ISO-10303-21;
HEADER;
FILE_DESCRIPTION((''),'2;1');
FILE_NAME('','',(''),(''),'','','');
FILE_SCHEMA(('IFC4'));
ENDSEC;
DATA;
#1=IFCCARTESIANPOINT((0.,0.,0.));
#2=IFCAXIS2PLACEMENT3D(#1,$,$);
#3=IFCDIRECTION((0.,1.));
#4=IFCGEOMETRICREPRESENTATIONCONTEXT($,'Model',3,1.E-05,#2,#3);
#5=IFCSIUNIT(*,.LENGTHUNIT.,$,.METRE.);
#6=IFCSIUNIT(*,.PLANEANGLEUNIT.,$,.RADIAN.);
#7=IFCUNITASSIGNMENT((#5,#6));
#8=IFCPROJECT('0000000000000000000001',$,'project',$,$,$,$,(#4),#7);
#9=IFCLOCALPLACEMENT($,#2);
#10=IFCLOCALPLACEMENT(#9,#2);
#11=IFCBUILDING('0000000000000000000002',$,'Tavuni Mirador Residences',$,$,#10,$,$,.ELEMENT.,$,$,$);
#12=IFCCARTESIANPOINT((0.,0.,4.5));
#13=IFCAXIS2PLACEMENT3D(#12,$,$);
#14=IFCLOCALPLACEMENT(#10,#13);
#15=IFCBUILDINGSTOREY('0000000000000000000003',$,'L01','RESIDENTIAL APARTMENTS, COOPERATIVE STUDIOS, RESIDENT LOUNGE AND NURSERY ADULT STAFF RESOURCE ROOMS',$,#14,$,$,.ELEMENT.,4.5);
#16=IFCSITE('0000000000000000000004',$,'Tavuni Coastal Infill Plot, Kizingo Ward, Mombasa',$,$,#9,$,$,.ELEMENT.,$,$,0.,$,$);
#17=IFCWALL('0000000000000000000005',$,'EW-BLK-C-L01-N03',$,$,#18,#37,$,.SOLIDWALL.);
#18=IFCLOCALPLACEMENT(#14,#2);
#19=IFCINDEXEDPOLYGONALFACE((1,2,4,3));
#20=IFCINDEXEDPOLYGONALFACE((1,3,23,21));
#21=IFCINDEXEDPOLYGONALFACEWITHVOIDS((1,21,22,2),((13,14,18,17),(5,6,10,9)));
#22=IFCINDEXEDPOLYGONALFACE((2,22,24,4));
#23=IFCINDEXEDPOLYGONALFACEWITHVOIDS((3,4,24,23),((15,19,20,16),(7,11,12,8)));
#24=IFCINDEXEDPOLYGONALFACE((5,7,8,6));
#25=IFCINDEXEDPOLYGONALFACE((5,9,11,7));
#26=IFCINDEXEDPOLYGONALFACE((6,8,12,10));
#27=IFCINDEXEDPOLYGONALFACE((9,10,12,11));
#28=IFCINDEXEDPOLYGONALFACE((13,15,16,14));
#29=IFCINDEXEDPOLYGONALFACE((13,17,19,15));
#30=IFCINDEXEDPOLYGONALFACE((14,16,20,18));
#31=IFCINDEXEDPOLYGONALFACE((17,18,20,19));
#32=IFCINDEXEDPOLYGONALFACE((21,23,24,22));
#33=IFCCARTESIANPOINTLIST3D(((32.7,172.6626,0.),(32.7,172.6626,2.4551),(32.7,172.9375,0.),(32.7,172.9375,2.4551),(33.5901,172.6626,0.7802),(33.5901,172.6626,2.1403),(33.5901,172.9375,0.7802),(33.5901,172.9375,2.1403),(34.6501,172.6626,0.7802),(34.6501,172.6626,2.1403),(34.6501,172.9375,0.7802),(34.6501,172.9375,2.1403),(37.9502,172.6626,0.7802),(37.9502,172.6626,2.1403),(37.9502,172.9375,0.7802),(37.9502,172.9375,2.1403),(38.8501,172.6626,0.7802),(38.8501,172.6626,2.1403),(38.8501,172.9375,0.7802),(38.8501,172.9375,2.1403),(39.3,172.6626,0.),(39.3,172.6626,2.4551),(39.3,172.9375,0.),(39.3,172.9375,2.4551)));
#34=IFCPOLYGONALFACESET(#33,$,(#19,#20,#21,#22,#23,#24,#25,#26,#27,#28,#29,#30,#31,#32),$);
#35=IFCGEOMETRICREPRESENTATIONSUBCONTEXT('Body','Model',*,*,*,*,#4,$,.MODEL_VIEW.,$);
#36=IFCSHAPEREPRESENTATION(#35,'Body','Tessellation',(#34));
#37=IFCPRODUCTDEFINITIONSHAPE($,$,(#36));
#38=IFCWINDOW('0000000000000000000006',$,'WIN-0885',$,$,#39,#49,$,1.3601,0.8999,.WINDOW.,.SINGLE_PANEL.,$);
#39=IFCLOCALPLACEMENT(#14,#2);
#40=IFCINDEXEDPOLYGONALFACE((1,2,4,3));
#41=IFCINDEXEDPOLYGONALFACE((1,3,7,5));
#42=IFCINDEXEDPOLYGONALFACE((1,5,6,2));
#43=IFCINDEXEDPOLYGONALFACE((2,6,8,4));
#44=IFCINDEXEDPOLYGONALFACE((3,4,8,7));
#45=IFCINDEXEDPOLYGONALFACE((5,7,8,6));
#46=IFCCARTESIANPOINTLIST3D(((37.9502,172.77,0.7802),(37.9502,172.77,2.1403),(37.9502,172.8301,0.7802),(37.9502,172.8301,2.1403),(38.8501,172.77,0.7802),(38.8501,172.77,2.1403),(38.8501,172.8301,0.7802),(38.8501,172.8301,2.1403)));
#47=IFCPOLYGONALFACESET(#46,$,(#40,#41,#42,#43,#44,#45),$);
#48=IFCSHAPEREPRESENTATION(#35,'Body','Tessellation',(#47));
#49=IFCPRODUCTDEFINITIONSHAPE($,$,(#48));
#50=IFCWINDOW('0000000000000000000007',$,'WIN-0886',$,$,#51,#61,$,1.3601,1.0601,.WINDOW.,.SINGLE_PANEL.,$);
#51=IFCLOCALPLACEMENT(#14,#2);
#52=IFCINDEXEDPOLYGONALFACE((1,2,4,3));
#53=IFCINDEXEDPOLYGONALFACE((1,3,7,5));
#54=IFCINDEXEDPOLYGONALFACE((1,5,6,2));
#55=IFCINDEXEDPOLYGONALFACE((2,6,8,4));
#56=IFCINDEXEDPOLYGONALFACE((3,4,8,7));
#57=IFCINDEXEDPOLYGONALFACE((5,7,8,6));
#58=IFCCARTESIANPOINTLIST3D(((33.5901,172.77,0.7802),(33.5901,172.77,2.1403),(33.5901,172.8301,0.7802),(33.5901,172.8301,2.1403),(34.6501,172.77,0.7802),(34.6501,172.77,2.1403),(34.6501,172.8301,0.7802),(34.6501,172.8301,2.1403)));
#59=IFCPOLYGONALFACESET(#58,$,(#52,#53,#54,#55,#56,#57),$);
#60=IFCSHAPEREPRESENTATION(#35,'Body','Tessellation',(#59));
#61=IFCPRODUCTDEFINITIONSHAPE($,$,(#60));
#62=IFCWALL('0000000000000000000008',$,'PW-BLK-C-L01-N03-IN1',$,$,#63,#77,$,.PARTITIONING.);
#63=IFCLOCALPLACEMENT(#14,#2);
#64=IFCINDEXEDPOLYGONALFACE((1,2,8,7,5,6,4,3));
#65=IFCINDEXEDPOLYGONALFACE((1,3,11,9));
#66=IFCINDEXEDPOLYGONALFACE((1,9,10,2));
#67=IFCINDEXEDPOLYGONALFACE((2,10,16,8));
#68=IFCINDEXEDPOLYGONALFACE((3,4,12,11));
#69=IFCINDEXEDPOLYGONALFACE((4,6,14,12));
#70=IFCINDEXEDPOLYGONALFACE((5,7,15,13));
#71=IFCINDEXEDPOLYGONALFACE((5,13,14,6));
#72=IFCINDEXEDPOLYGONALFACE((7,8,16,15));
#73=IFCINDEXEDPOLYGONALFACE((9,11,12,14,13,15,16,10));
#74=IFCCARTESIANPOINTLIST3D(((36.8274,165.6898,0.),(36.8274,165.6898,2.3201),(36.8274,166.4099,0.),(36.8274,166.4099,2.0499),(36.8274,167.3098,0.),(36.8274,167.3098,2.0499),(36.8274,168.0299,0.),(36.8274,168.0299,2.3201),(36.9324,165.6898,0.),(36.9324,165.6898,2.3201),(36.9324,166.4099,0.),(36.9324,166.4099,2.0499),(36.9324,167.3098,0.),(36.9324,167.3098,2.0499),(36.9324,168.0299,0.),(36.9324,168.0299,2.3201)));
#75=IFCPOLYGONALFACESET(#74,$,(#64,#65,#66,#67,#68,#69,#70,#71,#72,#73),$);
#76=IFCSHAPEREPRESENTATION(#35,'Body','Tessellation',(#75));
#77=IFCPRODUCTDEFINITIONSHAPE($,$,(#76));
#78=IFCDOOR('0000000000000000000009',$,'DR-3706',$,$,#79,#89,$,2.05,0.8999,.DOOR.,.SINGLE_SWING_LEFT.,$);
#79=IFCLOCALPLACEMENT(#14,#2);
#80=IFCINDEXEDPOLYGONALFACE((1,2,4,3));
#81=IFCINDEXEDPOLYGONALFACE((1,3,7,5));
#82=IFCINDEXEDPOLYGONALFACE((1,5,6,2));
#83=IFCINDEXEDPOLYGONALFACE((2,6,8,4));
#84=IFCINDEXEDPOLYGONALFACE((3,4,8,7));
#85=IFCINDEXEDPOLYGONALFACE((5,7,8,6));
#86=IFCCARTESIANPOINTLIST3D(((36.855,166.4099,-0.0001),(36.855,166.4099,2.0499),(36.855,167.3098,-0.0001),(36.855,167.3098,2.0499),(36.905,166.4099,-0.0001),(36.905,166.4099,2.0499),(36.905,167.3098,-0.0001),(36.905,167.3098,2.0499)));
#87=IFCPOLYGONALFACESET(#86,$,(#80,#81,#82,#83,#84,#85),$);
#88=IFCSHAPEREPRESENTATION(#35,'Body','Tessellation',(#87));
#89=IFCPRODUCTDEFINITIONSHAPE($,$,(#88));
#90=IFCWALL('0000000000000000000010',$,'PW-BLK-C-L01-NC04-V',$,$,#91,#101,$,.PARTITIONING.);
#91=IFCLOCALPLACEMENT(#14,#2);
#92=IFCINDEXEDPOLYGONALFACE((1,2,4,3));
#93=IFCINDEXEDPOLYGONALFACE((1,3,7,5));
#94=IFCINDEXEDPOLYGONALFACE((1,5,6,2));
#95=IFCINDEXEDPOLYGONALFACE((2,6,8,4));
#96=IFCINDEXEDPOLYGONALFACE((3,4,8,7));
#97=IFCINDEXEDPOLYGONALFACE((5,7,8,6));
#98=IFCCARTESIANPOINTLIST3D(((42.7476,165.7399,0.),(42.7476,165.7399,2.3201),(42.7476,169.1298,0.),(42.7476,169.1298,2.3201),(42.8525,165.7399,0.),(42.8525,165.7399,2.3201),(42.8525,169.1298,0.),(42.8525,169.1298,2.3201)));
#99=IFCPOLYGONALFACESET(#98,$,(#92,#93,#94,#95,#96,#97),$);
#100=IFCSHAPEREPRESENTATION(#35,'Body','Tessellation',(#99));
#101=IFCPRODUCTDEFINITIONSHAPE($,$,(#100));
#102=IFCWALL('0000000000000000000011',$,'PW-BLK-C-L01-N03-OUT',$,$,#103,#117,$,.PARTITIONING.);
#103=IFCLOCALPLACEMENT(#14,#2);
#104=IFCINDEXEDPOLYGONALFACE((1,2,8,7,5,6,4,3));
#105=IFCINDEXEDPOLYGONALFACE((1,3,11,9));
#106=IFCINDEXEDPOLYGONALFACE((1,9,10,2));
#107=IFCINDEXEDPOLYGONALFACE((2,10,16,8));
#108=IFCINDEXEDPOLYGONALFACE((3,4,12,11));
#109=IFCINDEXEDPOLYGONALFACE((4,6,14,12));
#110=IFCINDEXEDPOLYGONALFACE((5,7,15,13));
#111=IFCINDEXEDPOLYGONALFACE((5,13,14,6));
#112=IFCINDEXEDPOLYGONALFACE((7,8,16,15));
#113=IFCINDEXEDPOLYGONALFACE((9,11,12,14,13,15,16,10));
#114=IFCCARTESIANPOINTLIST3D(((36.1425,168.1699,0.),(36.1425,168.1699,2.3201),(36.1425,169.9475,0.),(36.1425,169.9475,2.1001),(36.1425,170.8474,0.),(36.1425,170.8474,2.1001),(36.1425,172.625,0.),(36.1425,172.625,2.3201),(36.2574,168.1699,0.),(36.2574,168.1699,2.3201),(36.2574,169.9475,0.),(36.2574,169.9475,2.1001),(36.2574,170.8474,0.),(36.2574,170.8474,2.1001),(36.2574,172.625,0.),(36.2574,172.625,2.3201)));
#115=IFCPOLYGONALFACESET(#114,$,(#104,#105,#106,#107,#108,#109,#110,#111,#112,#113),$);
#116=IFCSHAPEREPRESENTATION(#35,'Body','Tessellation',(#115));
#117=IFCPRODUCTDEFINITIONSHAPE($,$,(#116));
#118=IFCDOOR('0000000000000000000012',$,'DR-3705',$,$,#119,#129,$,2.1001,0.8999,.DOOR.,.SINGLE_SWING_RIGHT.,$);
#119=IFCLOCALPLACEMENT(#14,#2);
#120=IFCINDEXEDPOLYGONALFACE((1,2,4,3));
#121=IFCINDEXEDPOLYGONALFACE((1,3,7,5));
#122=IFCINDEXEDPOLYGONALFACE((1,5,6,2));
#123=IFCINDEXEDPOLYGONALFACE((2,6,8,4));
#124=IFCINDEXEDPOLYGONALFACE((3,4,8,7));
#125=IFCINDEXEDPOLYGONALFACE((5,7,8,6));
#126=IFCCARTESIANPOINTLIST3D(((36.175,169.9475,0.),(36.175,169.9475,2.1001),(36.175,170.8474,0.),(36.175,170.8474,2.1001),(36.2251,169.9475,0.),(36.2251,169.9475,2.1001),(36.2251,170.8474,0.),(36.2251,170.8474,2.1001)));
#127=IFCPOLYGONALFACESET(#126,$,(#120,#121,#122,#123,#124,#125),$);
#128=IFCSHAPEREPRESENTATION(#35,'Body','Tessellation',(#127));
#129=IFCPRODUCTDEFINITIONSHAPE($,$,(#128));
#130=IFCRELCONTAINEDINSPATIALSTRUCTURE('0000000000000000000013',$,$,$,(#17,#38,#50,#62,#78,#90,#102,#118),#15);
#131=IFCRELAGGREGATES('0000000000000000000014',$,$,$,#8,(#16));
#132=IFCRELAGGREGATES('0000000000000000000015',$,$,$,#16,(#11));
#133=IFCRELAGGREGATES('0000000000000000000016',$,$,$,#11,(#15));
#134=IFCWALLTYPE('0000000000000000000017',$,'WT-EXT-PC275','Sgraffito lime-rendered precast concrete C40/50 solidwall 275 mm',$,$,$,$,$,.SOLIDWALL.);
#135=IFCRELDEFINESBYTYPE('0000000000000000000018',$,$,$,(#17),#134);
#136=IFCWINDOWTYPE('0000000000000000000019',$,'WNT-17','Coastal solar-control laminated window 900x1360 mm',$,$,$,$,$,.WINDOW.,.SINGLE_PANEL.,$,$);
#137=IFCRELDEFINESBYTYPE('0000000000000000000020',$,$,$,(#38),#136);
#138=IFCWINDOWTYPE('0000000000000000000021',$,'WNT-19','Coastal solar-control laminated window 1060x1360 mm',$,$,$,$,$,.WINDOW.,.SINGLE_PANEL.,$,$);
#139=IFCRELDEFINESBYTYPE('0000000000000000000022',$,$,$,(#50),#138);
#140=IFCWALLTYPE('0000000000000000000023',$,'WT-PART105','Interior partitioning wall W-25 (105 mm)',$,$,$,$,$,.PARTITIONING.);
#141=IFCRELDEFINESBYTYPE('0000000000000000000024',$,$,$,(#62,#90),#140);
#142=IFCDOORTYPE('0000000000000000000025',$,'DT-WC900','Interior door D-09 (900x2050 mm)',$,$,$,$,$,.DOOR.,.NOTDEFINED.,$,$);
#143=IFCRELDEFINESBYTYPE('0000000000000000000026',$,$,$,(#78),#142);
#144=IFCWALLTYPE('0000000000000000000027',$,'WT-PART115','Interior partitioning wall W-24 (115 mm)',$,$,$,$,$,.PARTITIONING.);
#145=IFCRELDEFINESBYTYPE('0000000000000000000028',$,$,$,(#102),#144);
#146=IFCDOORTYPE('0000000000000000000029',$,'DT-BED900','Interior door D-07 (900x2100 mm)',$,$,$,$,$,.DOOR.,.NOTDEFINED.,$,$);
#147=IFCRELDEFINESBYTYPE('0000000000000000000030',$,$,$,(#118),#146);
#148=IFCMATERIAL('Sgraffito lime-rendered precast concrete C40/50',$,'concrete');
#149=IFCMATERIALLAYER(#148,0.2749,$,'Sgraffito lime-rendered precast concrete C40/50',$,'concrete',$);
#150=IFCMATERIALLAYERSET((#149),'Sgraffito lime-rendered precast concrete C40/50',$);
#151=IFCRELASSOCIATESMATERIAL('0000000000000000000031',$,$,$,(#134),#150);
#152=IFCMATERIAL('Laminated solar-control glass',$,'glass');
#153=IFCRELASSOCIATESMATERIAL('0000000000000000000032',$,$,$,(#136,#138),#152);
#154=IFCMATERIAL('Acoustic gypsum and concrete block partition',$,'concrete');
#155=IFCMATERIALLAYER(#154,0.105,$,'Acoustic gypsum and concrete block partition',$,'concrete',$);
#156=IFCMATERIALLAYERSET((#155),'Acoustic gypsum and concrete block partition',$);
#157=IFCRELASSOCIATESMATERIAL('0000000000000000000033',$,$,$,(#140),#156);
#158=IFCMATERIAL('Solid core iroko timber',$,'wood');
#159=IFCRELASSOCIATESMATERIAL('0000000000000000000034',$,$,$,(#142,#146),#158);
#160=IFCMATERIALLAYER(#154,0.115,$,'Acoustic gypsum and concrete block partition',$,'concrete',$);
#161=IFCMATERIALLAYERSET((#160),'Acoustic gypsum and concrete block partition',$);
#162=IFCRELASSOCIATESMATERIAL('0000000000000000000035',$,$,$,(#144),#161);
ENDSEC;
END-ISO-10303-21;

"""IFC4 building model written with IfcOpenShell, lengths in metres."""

from ifc_helpers import new_model, si_unit, direction, frame, frame_2d, origin, place, context, subcontext, project, spatial, rectangle, extrude, material, layer, layer_set, type_object, element, fill, save


model = new_model("IFC4")

# Units and contexts
model_context = context("Model", 3, precision=1e-05, world=origin(), true_north=direction((0.0, 1.0)))
body_context = subcontext(model_context, "Body", "Model", "MODEL_VIEW")
ifc_project = project(units=[si_unit("LENGTHUNIT", "METRE"), si_unit("PLANEANGLEUNIT", "RADIAN")], contexts=[model_context])

# Site, building, storey
site_placement = place(None, origin())
site = spatial("IfcSite", under=ifc_project, at=site_placement, Name="Tavuni Coastal Infill Plot, Kizingo Ward, Mombasa", CompositionType="ELEMENT", RefElevation=0.0)
building_placement = place(site_placement, origin())
building = spatial("IfcBuilding", under=site, at=building_placement, Name="Tavuni Mirador Residences", CompositionType="ELEMENT")
storey_placement = place(building_placement, frame((0.0, 0.0, 4.5)))
storey = spatial("IfcBuildingStorey", under=building, at=storey_placement, Name="L01", Description="RESIDENTIAL APARTMENTS, COOPERATIVE STUDIOS, RESIDENT LOUNGE AND NURSERY ADULT STAFF RESOURCE ROOMS", CompositionType="ELEMENT", Elevation=4.5)

# Shared definitions
ifc_material_1 = material(Name="Solid core iroko timber", Category="wood")

# Wall, openings, windows
ifc_material_2 = material(Name="Sgraffito lime-rendered precast concrete C40/50", Category="concrete")
ifc_layer_1 = layer(ifc_material_2, 0.2749, Name="Sgraffito lime-rendered precast concrete C40/50", Category="concrete")
ifc_layer_set_1 = layer_set([ifc_layer_1], Name="Sgraffito lime-rendered precast concrete C40/50")
wall_type_1 = type_object("IfcWallType", Name="WT-EXT-PC275", Description="Sgraffito lime-rendered precast concrete C40/50 solidwall 275 mm", PredefinedType="SOLIDWALL", material=ifc_layer_set_1)
wall_1_placement = place(storey_placement, frame((39.3, 172.8, 0.0), z_axis=(0.0, 0.0, 1.0), x_axis=(-1.0, 0.0, 0.0)))
wall_1 = element("IfcWall", 1, at=wall_1_placement, inside=storey, type_object=wall_type_1, Name="EW-BLK-C-L01-N03", PredefinedType="SOLIDWALL", context=body_context, shape_type="SweptSolid", body=[
    extrude(rectangle(XDim=6.6001, YDim=0.2749, at=frame_2d((3.3, 0.0))), origin(), (0.0, 0.0, 1.0), 2.4551),
])
opening_1_placement = place(wall_1_placement, frame((0.45, 0.0, 0.78)))
opening_1 = element("IfcOpeningElement", 2, at=opening_1_placement, cuts=wall_1, PredefinedType="OPENING", context=body_context, shape_type="SweptSolid", body=[
    extrude(rectangle(XDim=0.8999, YDim=1.3601, at=frame_2d((0.45, 0.6802))), frame((0.0, 0.1475, 0.0), z_axis=(0.0, -1.0, 0.0), x_axis=(1.0, 0.0, 0.0)), (0.0, 0.0, 1.0), 0.2949),
])
opening_2_placement = place(wall_1_placement, frame((4.6499, 0.0, 0.78)))
opening_2 = element("IfcOpeningElement", 3, at=opening_2_placement, cuts=wall_1, PredefinedType="OPENING", context=body_context, shape_type="SweptSolid", body=[
    extrude(rectangle(XDim=1.0601, YDim=1.3601, at=frame_2d((0.53, 0.6802))), frame((0.0, 0.1475, 0.0), z_axis=(0.0, -1.0, 0.0), x_axis=(1.0, 0.0, 0.0)), (0.0, 0.0, 1.0), 0.2949),
])
ifc_material_3 = material(Name="Laminated solar-control glass", Category="glass")
window_type_1 = type_object("IfcWindowType", Name="WNT-17", Description="Coastal solar-control laminated window 900x1360 mm", PartitioningType="SINGLE_PANEL", PredefinedType="WINDOW", material=ifc_material_3)
window_1_placement = place(opening_1_placement, origin())
window_1 = element("IfcWindow", 4, at=window_1_placement, inside=storey, type_object=window_type_1, Name="WIN-0885", OverallHeight=1.3601, OverallWidth=0.8999, PartitioningType="SINGLE_PANEL", PredefinedType="WINDOW", context=body_context, shape_type="SweptSolid", body=[
    extrude(rectangle(XDim=0.8999, YDim=1.3601, at=frame_2d((0.45, 0.6802))), frame((0.0, 0.03, 0.0), z_axis=(0.0, -1.0, 0.0), x_axis=(1.0, 0.0, 0.0)), (0.0, 0.0, 1.0), 0.0601),
])
fill(opening_1, window_1)
window_type_2 = type_object("IfcWindowType", Name="WNT-19", Description="Coastal solar-control laminated window 1060x1360 mm", PartitioningType="SINGLE_PANEL", PredefinedType="WINDOW", material=ifc_material_3)
window_2_placement = place(opening_2_placement, origin())
window_2 = element("IfcWindow", 5, at=window_2_placement, inside=storey, type_object=window_type_2, Name="WIN-0886", OverallHeight=1.3601, OverallWidth=1.0601, PartitioningType="SINGLE_PANEL", PredefinedType="WINDOW", context=body_context, shape_type="SweptSolid", body=[
    extrude(rectangle(XDim=1.0601, YDim=1.3601, at=frame_2d((0.53, 0.6802))), frame((0.0, 0.03, 0.0), z_axis=(0.0, -1.0, 0.0), x_axis=(1.0, 0.0, 0.0)), (0.0, 0.0, 1.0), 0.0601),
])
fill(opening_2, window_2)

# Wall, opening, door
ifc_material_4 = material(Name="Acoustic gypsum and concrete block partition", Category="concrete")
ifc_layer_2 = layer(ifc_material_4, 0.105, Name="Acoustic gypsum and concrete block partition", Category="concrete")
ifc_layer_set_2 = layer_set([ifc_layer_2], Name="Acoustic gypsum and concrete block partition")
wall_type_2 = type_object("IfcWallType", Name="WT-PART105", Description="Interior partitioning wall W-25 (105 mm)", PredefinedType="PARTITIONING", material=ifc_layer_set_2)
wall_2_placement = place(storey_placement, frame((36.8799, 165.6899, 0.0), z_axis=(0.0, 0.0, 1.0), x_axis=(0.0, 1.0, 0.0)))
wall_2 = element("IfcWall", 6, at=wall_2_placement, inside=storey, type_object=wall_type_2, Name="PW-BLK-C-L01-N03-IN1", PredefinedType="PARTITIONING", context=body_context, shape_type="SweptSolid", body=[
    extrude(rectangle(XDim=2.3401, YDim=0.105, at=frame_2d((1.1699, 0.0))), origin(), (0.0, 0.0, 1.0), 2.3201),
])
opening_3_placement = place(wall_2_placement, frame((0.72, 0.0, 0.0)))
opening_3 = element("IfcOpeningElement", 7, at=opening_3_placement, cuts=wall_2, PredefinedType="OPENING", context=body_context, shape_type="SweptSolid", body=[
    extrude(rectangle(XDim=0.8999, YDim=2.05, at=frame_2d((0.45, 1.0249))), frame((0.0, 0.0625, 0.0), z_axis=(0.0, -1.0, 0.0), x_axis=(1.0, 0.0, 0.0)), (0.0, 0.0, 1.0), 0.125),
])
door_type_1 = type_object("IfcDoorType", Name="DT-WC900", Description="Interior door D-09 (900x2050 mm)", OperationType="NOTDEFINED", PredefinedType="DOOR", material=ifc_material_1)
door_1_placement = place(opening_3_placement, origin())
door_1 = element("IfcDoor", 8, at=door_1_placement, inside=storey, type_object=door_type_1, Name="DR-3706", OperationType="SINGLE_SWING_LEFT", OverallHeight=2.05, OverallWidth=0.8999, PredefinedType="DOOR", context=body_context, shape_type="SweptSolid", body=[
    extrude(rectangle(XDim=0.8999, YDim=2.05, at=frame_2d((0.45, 1.0249))), frame((0.0, 0.0249, 0.0), z_axis=(0.0, -1.0, 0.0), x_axis=(1.0, 0.0, 0.0)), (0.0, 0.0, 1.0), 0.05),
])
fill(opening_3, door_1)

# Wall
wall_3_placement = place(storey_placement, frame((42.8, 165.74, 0.0), z_axis=(0.0, 0.0, 1.0), x_axis=(0.0, 1.0, 0.0)))
element("IfcWall", 9, at=wall_3_placement, inside=storey, type_object=wall_type_2, Name="PW-BLK-C-L01-NC04-V", PredefinedType="PARTITIONING", context=body_context, shape_type="SweptSolid", body=[
    extrude(rectangle(XDim=3.3899, YDim=0.105, at=frame_2d((1.6948, 0.0))), origin(), (0.0, 0.0, 1.0), 2.3201),
])

# Wall, opening, door
ifc_layer_3 = layer(ifc_material_4, 0.115, Name="Acoustic gypsum and concrete block partition", Category="concrete")
ifc_layer_set_3 = layer_set([ifc_layer_3], Name="Acoustic gypsum and concrete block partition")
wall_type_3 = type_object("IfcWallType", Name="WT-PART115", Description="Interior partitioning wall W-24 (115 mm)", PredefinedType="PARTITIONING", material=ifc_layer_set_3)
wall_4_placement = place(storey_placement, frame((36.2, 168.1699, 0.0), z_axis=(0.0, 0.0, 1.0), x_axis=(0.0, 1.0, 0.0)))
wall_4 = element("IfcWall", 10, at=wall_4_placement, inside=storey, type_object=wall_type_3, Name="PW-BLK-C-L01-N03-OUT", PredefinedType="PARTITIONING", context=body_context, shape_type="SweptSolid", body=[
    extrude(rectangle(XDim=4.4551, YDim=0.115, at=frame_2d((2.2275, 0.0))), origin(), (0.0, 0.0, 1.0), 2.3201),
])
opening_4_placement = place(wall_4_placement, frame((1.7776, 0.0, 0.0)))
opening_4 = element("IfcOpeningElement", 11, at=opening_4_placement, cuts=wall_4, PredefinedType="OPENING", context=body_context, shape_type="SweptSolid", body=[
    extrude(rectangle(XDim=0.8999, YDim=2.1001, at=frame_2d((0.45, 1.05))), frame((0.0, 0.0674, 0.0), z_axis=(0.0, -1.0, 0.0), x_axis=(1.0, 0.0, 0.0)), (0.0, 0.0, 1.0), 0.135),
])
door_type_2 = type_object("IfcDoorType", Name="DT-BED900", Description="Interior door D-07 (900x2100 mm)", OperationType="NOTDEFINED", PredefinedType="DOOR", material=ifc_material_1)
door_2_placement = place(opening_4_placement, origin())
door_2 = element("IfcDoor", 12, at=door_2_placement, inside=storey, type_object=door_type_2, Name="DR-3705", OperationType="SINGLE_SWING_RIGHT", OverallHeight=2.1001, OverallWidth=0.8999, PredefinedType="DOOR", context=body_context, shape_type="SweptSolid", body=[
    extrude(rectangle(XDim=0.8999, YDim=2.1001, at=frame_2d((0.45, 1.05))), frame((0.0, 0.0249, 0.0), z_axis=(0.0, -1.0, 0.0), x_axis=(1.0, 0.0, 0.0)), (0.0, 0.0, 1.0), 0.05),
])
fill(opening_4, door_2)

save(model, "model.ifc")
